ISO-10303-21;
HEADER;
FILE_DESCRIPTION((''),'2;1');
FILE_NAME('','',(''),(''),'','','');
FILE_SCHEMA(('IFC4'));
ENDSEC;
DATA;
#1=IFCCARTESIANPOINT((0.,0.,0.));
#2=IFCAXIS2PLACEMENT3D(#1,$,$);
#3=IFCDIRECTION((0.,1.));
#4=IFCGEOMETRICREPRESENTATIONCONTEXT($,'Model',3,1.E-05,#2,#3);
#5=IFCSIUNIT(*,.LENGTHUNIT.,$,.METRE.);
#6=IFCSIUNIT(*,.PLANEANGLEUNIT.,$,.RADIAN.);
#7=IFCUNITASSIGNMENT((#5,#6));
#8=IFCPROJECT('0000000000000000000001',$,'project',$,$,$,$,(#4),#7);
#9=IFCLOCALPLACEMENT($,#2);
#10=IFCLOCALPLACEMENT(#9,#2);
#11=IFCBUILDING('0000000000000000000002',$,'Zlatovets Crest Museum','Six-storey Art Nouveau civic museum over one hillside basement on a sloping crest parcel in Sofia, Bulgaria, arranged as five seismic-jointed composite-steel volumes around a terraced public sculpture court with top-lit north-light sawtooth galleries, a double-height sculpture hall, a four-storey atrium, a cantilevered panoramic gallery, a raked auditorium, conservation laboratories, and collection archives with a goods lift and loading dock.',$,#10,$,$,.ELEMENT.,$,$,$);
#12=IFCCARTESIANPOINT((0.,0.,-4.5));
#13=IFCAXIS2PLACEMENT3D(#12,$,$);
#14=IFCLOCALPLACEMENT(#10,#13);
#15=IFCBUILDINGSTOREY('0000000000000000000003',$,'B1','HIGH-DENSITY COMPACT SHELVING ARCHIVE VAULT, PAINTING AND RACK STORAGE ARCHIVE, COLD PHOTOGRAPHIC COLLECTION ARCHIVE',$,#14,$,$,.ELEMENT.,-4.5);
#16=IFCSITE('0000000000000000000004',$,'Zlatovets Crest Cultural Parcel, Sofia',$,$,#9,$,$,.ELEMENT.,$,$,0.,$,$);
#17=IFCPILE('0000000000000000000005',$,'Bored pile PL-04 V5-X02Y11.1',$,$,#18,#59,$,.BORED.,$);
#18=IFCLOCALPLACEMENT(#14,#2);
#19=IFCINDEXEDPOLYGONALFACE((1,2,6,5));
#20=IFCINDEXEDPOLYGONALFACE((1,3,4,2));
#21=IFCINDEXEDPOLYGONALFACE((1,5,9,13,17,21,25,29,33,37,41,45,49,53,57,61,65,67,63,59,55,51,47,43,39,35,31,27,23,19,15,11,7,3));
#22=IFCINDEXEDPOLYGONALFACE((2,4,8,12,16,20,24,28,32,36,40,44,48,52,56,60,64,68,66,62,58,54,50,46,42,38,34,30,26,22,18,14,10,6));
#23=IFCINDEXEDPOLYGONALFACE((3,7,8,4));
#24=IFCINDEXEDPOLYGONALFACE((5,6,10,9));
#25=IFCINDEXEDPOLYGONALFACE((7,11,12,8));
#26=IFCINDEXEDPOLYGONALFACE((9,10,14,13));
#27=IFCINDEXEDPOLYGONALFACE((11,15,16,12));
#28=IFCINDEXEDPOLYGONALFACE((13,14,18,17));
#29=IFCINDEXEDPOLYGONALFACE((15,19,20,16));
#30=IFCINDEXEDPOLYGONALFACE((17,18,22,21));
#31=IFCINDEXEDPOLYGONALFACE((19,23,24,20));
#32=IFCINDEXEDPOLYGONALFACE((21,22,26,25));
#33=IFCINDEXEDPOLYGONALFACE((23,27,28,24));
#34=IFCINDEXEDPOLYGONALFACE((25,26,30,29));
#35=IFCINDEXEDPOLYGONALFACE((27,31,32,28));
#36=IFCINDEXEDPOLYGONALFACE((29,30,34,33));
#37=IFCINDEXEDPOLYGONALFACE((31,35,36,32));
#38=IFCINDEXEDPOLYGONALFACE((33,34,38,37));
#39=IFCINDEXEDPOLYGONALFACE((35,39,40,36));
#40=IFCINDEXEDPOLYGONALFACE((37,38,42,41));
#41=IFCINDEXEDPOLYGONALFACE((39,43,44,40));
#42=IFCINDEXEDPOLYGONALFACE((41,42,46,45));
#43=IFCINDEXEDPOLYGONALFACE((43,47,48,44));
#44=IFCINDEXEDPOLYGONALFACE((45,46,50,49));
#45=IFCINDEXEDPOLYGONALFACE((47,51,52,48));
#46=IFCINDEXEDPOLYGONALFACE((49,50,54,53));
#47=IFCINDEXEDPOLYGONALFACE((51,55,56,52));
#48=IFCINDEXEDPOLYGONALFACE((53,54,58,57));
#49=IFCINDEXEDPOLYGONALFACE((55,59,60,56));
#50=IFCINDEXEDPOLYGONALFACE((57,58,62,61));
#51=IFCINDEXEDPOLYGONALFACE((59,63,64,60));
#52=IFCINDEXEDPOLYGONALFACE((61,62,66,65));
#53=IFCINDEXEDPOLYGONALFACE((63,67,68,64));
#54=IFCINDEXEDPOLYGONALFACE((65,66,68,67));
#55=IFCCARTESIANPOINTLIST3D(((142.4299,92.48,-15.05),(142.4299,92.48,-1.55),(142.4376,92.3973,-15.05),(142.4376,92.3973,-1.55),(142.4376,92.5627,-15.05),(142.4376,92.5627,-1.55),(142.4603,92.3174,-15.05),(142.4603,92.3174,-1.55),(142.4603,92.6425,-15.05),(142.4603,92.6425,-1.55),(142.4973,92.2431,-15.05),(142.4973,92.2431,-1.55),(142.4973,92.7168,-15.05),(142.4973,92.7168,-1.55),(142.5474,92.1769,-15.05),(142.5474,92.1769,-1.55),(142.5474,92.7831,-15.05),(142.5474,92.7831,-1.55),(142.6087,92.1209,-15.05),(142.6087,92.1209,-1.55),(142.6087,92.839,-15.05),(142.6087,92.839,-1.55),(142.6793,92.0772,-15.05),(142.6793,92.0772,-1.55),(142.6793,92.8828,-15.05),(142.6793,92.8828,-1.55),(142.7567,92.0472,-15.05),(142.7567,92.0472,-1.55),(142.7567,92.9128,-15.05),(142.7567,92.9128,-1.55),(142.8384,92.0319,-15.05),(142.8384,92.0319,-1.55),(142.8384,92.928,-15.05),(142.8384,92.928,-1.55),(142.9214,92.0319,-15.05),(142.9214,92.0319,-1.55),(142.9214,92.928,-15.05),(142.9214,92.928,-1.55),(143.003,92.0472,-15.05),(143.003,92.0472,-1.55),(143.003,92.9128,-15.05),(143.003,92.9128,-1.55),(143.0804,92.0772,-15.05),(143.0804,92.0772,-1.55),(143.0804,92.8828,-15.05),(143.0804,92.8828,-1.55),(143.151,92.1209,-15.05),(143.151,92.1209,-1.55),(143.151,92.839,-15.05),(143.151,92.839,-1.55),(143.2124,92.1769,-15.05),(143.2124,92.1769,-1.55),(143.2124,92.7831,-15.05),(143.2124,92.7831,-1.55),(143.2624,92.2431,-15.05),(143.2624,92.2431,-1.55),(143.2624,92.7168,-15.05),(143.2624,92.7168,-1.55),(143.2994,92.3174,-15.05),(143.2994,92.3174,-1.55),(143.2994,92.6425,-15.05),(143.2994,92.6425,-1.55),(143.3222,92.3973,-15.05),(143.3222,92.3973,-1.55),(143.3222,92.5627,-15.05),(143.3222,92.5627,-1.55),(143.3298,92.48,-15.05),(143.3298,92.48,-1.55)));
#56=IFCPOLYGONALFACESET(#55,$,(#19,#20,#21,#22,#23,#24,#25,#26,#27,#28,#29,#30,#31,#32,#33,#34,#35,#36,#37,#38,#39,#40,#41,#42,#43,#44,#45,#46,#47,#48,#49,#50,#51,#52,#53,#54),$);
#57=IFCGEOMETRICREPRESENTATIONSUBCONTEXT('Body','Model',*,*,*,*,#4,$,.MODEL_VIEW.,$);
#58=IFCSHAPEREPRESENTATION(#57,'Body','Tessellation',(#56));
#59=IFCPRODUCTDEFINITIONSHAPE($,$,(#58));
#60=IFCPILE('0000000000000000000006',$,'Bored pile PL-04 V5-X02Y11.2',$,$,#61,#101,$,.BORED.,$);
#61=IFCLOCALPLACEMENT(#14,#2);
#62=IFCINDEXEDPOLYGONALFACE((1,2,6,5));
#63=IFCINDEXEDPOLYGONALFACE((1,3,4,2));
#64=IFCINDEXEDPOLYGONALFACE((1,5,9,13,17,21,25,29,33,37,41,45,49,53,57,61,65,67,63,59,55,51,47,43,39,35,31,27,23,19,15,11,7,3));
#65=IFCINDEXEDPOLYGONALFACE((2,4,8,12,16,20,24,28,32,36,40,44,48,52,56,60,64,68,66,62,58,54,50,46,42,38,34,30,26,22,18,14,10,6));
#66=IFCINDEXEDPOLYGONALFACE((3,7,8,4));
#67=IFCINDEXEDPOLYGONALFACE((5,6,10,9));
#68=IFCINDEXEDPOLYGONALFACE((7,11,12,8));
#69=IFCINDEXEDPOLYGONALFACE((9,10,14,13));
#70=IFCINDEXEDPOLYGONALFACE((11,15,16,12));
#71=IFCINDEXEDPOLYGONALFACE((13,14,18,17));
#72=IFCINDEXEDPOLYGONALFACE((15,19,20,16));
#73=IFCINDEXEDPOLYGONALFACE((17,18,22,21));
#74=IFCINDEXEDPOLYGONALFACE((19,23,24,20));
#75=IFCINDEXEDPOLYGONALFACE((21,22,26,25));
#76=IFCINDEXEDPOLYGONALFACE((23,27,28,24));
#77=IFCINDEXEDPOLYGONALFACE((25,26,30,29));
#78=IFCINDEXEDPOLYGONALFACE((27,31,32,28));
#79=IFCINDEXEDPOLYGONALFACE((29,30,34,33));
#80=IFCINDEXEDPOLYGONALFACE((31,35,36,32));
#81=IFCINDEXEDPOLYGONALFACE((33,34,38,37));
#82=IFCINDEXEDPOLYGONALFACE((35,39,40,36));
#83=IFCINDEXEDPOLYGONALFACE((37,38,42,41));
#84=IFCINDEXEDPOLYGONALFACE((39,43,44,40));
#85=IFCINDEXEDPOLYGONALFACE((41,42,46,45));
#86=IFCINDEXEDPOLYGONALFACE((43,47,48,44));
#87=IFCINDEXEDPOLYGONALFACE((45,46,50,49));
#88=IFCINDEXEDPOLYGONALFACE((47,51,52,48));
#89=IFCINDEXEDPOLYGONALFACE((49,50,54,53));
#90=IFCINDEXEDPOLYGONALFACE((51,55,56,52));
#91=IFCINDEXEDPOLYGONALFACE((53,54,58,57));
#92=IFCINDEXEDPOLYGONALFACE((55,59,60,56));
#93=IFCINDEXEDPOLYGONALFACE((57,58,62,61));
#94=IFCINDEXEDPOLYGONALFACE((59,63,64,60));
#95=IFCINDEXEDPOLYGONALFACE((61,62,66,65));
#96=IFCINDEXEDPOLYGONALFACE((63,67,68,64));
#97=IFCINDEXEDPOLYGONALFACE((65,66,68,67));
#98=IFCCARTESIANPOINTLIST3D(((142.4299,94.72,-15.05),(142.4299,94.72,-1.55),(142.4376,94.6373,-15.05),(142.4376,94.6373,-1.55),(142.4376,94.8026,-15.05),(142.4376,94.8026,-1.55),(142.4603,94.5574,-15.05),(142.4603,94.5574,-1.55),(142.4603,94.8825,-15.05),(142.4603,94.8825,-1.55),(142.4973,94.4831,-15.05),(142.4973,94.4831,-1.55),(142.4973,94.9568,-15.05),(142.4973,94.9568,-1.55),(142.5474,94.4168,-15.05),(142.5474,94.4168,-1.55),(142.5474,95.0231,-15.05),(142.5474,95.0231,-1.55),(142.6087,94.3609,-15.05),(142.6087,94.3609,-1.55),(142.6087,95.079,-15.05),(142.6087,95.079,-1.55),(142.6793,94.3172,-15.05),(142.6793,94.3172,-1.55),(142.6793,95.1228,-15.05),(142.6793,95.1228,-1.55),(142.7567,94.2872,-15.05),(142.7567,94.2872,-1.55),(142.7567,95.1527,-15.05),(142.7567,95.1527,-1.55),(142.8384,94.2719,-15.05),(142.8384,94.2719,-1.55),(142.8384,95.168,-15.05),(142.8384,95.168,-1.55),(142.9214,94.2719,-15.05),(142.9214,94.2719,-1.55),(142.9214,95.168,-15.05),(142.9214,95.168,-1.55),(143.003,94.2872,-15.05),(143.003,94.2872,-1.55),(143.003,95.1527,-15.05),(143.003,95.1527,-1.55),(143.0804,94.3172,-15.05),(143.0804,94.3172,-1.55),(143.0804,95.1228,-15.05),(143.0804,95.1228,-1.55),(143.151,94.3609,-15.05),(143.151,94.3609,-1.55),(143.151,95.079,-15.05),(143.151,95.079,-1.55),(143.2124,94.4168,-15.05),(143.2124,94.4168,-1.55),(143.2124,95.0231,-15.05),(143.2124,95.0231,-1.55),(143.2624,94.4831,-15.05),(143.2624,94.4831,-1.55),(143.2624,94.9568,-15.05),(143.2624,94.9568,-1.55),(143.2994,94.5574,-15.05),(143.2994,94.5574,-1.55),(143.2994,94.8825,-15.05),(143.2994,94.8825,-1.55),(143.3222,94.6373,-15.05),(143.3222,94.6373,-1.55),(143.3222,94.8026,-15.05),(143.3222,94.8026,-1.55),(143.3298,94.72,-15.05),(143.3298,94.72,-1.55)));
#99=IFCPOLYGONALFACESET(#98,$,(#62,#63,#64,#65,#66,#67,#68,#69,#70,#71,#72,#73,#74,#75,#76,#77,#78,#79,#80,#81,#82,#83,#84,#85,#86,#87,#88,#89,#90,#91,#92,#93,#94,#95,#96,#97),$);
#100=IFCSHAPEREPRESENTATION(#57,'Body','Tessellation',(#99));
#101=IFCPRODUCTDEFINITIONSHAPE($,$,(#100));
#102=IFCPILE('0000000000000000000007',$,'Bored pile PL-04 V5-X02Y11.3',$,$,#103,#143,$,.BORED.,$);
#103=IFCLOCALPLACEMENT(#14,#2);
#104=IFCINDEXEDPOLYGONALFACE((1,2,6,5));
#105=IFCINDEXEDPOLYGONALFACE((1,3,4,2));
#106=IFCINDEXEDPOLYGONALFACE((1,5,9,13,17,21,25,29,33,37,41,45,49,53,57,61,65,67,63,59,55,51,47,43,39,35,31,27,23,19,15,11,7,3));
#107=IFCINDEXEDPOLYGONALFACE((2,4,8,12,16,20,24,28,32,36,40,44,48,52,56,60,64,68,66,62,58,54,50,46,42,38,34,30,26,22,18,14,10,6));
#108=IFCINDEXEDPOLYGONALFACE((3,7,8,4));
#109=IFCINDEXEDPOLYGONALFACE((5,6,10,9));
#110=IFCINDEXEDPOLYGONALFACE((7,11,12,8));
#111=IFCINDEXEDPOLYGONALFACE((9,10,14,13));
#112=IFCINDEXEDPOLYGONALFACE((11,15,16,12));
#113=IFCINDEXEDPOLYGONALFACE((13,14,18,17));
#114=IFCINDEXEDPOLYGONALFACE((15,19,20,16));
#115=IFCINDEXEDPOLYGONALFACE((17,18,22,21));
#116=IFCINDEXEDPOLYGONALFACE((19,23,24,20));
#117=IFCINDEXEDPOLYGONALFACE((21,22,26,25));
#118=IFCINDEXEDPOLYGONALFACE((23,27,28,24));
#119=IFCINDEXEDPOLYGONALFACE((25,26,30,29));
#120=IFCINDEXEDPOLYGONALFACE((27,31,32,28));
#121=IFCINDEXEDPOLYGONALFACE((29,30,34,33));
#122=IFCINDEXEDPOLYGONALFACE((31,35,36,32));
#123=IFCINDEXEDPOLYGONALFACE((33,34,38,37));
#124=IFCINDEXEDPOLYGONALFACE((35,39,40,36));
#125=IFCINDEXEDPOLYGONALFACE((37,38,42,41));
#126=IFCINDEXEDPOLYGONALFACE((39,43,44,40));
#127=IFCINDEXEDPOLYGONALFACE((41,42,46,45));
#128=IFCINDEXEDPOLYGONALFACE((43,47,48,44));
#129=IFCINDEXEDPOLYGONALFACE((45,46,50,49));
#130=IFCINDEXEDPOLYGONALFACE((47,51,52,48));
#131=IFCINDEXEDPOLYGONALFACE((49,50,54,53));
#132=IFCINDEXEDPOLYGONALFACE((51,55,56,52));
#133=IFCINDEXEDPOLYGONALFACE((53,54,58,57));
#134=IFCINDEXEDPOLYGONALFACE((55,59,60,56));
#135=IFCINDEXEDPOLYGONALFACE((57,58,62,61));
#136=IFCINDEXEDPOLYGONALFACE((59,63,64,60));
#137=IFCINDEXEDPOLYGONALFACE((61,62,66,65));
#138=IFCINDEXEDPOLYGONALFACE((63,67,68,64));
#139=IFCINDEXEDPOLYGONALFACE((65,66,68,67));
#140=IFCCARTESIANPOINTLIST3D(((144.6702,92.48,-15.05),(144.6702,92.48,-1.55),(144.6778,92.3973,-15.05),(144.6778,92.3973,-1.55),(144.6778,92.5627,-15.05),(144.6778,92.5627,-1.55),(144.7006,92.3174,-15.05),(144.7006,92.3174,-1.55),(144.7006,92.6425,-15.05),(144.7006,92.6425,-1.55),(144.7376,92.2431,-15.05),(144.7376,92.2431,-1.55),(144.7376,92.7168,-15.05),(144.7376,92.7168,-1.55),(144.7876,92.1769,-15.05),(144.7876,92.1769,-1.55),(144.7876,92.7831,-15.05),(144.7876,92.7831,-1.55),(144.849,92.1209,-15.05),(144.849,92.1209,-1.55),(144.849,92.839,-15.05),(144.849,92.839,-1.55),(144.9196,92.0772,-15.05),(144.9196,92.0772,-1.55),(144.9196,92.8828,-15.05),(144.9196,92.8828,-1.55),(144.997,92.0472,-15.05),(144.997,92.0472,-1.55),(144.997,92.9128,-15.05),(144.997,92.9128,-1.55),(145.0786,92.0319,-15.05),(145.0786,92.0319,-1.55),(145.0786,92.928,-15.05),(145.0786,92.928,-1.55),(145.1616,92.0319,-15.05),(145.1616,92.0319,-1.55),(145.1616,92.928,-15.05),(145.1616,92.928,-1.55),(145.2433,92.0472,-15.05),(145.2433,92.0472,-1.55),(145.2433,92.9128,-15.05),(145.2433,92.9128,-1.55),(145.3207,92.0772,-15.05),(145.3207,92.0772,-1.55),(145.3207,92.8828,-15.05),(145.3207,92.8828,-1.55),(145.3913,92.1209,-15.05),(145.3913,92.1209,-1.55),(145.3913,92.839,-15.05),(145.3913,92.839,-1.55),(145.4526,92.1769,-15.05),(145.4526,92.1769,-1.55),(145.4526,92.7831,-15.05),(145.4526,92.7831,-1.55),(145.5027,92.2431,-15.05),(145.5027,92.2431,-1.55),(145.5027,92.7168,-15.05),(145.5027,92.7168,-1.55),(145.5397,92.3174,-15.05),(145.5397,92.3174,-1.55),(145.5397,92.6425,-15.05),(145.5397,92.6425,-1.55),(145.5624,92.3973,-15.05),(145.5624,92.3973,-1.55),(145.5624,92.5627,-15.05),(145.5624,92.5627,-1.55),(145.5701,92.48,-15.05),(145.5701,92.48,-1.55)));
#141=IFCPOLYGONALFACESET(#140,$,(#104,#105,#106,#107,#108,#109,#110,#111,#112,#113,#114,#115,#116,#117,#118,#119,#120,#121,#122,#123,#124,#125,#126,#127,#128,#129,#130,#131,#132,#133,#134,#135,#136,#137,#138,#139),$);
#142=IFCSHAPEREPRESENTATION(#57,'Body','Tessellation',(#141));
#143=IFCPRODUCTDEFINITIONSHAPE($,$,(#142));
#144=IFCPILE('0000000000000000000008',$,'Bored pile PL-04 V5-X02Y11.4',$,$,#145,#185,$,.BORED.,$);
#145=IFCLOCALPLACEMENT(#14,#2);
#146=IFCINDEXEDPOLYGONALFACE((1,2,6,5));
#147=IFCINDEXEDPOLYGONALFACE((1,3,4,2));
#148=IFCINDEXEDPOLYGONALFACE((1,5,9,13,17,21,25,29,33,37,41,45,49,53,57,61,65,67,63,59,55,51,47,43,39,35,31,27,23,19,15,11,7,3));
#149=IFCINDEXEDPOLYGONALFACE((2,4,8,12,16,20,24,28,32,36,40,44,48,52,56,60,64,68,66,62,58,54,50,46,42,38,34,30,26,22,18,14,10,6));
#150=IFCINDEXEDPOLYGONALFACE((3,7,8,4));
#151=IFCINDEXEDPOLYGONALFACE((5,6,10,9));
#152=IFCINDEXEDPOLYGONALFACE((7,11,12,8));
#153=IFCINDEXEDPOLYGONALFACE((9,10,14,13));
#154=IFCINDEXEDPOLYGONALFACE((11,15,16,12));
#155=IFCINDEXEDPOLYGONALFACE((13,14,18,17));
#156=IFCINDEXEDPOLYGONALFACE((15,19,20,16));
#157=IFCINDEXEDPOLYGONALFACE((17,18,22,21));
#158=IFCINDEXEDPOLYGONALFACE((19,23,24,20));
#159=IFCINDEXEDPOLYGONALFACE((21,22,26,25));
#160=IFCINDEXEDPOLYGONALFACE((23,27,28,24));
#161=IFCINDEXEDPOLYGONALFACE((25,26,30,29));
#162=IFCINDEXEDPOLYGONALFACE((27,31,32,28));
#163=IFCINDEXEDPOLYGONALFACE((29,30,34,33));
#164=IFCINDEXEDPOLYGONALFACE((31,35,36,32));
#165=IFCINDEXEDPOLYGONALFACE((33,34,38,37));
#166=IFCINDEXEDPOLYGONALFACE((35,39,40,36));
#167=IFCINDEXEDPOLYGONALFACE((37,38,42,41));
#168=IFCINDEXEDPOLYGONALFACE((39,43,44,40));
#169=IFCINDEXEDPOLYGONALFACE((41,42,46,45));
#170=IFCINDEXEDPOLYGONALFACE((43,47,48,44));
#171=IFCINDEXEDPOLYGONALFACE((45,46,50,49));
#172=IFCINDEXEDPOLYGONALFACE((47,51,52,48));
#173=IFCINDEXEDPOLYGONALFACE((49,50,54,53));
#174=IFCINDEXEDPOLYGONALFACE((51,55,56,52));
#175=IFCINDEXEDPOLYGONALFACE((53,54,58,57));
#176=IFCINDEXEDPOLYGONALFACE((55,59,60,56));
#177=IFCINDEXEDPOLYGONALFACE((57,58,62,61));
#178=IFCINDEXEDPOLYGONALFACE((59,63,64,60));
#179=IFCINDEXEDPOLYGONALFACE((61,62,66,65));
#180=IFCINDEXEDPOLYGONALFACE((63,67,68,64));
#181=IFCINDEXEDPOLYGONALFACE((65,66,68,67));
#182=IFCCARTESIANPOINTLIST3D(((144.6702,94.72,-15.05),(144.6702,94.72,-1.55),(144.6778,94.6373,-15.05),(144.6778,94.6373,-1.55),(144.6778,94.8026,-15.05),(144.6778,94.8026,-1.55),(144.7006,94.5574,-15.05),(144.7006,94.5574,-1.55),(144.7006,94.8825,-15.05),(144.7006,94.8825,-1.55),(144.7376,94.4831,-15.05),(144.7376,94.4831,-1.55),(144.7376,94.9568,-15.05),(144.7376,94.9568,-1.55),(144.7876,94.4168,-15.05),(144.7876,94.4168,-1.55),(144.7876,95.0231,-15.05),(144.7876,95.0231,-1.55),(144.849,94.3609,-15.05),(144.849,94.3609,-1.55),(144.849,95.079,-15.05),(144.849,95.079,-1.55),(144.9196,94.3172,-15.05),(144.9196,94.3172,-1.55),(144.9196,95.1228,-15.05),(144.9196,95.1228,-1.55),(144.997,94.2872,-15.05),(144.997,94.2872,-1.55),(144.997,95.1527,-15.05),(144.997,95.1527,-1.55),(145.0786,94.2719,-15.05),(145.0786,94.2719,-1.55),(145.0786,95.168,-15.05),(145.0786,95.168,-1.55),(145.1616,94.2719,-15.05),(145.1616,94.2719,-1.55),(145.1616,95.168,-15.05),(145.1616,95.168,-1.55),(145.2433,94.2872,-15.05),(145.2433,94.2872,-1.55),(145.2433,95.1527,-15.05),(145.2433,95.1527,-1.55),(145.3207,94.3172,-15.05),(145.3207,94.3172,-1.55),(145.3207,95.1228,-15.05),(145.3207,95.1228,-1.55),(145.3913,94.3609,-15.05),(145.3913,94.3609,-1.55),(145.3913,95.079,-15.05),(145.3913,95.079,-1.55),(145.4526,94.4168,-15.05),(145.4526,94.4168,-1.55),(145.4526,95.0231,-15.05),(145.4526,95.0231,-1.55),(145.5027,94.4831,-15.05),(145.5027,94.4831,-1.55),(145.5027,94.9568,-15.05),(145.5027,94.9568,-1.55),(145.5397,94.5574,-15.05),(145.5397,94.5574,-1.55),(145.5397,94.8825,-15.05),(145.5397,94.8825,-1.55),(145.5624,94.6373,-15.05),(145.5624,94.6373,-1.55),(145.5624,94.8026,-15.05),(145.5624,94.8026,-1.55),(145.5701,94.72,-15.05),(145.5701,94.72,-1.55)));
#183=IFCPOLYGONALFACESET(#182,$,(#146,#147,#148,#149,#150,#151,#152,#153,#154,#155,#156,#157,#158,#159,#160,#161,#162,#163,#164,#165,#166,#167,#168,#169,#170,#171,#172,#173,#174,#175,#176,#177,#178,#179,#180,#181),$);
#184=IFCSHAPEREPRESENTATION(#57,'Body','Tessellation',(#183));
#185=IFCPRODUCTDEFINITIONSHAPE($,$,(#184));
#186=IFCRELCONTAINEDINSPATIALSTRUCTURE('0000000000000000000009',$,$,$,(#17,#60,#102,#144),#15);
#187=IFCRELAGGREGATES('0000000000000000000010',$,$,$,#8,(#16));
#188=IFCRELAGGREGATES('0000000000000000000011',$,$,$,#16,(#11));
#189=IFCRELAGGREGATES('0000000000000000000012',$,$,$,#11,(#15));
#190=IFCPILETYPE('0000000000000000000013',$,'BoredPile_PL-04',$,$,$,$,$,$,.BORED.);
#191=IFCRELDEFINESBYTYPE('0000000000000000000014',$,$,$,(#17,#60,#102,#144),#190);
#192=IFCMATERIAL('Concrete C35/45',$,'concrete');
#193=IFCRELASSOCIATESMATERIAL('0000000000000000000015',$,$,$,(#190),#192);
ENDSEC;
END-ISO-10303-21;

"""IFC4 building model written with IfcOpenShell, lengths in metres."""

from ifc_helpers import new_model, si_unit, direction, frame, origin, origin_2d, place, context, subcontext, project, spatial, circle, extrude, material, material_profile, profile_set, type_object, element, save


model = new_model("IFC4")

# Units and contexts
model_context = context("Model", 3, precision=1e-05, world=origin(), true_north=direction((0.0, 1.0)))
body_context = subcontext(model_context, "Body", "Model", "MODEL_VIEW")
ifc_project = project(units=[si_unit("LENGTHUNIT", "METRE"), si_unit("PLANEANGLEUNIT", "RADIAN")], contexts=[model_context])

# Site, building, storey
site_placement = place(None, origin())
site = spatial("IfcSite", under=ifc_project, at=site_placement, Name="Zlatovets Crest Cultural Parcel, Sofia", CompositionType="ELEMENT", RefElevation=0.0)
building_placement = place(site_placement, origin())
building = spatial("IfcBuilding", under=site, at=building_placement, Name="Zlatovets Crest Museum", Description="Six-storey Art Nouveau civic museum over one hillside basement on a sloping crest parcel in Sofia, Bulgaria, arranged as five seismic-jointed composite-steel volumes around a terraced public sculpture court with top-lit north-light sawtooth galleries, a double-height sculpture hall, a four-storey atrium, a cantilevered panoramic gallery, a raked auditorium, conservation laboratories, and collection archives with a goods lift and loading dock.", CompositionType="ELEMENT")
storey_placement = place(building_placement, frame((0.0, 0.0, -4.5)))
storey = spatial("IfcBuildingStorey", under=building, at=storey_placement, Name="B1", Description="HIGH-DENSITY COMPACT SHELVING ARCHIVE VAULT, PAINTING AND RACK STORAGE ARCHIVE, COLD PHOTOGRAPHIC COLLECTION ARCHIVE", CompositionType="ELEMENT", Elevation=-4.5)

# Piles
ifc_material_1 = material(Name="Concrete C35/45", Category="concrete")
ifc_material_profile_1 = material_profile(ifc_material_1, circle(Radius=0.45, at=origin_2d()), Name="PILE D900")
ifc_profile_set_1 = profile_set([ifc_material_profile_1], Name="Concrete C35/45")
pile_type = type_object("IfcPileType", Name="BoredPile_PL-04", PredefinedType="BORED", material=ifc_profile_set_1)
for number, where, z_axis, x_axis, name in (
    (1, (142.8799, 92.48, -1.55), (0.0, 0.0, -1.0), (1.0, 0.0, 0.0), "Bored pile PL-04 V5-X02Y11.1"),
    (2, (142.8799, 94.72, -1.55), (0.0, 0.0, -1.0), (1.0, 0.0, 0.0), "Bored pile PL-04 V5-X02Y11.2"),
    (3, (145.1201, 92.48, -1.55), (0.0, 0.0, -1.0), (1.0, 0.0, 0.0), "Bored pile PL-04 V5-X02Y11.3"),
    (4, (145.1201, 94.72, -1.55), (0.0, 0.0, -1.0), (1.0, 0.0, 0.0), "Bored pile PL-04 V5-X02Y11.4"),
):
    element("IfcPile", number, at=place(storey_placement, frame(where, z_axis=z_axis, x_axis=x_axis)), inside=storey, type_object=pile_type, Name=name, PredefinedType="BORED", context=body_context, shape_type="SweptSolid", body=[
        extrude(circle(Radius=0.45, at=origin_2d()), origin(), (0.0, 0.0, 1.0), 13.5),
    ])

save(model, "model.ifc")
